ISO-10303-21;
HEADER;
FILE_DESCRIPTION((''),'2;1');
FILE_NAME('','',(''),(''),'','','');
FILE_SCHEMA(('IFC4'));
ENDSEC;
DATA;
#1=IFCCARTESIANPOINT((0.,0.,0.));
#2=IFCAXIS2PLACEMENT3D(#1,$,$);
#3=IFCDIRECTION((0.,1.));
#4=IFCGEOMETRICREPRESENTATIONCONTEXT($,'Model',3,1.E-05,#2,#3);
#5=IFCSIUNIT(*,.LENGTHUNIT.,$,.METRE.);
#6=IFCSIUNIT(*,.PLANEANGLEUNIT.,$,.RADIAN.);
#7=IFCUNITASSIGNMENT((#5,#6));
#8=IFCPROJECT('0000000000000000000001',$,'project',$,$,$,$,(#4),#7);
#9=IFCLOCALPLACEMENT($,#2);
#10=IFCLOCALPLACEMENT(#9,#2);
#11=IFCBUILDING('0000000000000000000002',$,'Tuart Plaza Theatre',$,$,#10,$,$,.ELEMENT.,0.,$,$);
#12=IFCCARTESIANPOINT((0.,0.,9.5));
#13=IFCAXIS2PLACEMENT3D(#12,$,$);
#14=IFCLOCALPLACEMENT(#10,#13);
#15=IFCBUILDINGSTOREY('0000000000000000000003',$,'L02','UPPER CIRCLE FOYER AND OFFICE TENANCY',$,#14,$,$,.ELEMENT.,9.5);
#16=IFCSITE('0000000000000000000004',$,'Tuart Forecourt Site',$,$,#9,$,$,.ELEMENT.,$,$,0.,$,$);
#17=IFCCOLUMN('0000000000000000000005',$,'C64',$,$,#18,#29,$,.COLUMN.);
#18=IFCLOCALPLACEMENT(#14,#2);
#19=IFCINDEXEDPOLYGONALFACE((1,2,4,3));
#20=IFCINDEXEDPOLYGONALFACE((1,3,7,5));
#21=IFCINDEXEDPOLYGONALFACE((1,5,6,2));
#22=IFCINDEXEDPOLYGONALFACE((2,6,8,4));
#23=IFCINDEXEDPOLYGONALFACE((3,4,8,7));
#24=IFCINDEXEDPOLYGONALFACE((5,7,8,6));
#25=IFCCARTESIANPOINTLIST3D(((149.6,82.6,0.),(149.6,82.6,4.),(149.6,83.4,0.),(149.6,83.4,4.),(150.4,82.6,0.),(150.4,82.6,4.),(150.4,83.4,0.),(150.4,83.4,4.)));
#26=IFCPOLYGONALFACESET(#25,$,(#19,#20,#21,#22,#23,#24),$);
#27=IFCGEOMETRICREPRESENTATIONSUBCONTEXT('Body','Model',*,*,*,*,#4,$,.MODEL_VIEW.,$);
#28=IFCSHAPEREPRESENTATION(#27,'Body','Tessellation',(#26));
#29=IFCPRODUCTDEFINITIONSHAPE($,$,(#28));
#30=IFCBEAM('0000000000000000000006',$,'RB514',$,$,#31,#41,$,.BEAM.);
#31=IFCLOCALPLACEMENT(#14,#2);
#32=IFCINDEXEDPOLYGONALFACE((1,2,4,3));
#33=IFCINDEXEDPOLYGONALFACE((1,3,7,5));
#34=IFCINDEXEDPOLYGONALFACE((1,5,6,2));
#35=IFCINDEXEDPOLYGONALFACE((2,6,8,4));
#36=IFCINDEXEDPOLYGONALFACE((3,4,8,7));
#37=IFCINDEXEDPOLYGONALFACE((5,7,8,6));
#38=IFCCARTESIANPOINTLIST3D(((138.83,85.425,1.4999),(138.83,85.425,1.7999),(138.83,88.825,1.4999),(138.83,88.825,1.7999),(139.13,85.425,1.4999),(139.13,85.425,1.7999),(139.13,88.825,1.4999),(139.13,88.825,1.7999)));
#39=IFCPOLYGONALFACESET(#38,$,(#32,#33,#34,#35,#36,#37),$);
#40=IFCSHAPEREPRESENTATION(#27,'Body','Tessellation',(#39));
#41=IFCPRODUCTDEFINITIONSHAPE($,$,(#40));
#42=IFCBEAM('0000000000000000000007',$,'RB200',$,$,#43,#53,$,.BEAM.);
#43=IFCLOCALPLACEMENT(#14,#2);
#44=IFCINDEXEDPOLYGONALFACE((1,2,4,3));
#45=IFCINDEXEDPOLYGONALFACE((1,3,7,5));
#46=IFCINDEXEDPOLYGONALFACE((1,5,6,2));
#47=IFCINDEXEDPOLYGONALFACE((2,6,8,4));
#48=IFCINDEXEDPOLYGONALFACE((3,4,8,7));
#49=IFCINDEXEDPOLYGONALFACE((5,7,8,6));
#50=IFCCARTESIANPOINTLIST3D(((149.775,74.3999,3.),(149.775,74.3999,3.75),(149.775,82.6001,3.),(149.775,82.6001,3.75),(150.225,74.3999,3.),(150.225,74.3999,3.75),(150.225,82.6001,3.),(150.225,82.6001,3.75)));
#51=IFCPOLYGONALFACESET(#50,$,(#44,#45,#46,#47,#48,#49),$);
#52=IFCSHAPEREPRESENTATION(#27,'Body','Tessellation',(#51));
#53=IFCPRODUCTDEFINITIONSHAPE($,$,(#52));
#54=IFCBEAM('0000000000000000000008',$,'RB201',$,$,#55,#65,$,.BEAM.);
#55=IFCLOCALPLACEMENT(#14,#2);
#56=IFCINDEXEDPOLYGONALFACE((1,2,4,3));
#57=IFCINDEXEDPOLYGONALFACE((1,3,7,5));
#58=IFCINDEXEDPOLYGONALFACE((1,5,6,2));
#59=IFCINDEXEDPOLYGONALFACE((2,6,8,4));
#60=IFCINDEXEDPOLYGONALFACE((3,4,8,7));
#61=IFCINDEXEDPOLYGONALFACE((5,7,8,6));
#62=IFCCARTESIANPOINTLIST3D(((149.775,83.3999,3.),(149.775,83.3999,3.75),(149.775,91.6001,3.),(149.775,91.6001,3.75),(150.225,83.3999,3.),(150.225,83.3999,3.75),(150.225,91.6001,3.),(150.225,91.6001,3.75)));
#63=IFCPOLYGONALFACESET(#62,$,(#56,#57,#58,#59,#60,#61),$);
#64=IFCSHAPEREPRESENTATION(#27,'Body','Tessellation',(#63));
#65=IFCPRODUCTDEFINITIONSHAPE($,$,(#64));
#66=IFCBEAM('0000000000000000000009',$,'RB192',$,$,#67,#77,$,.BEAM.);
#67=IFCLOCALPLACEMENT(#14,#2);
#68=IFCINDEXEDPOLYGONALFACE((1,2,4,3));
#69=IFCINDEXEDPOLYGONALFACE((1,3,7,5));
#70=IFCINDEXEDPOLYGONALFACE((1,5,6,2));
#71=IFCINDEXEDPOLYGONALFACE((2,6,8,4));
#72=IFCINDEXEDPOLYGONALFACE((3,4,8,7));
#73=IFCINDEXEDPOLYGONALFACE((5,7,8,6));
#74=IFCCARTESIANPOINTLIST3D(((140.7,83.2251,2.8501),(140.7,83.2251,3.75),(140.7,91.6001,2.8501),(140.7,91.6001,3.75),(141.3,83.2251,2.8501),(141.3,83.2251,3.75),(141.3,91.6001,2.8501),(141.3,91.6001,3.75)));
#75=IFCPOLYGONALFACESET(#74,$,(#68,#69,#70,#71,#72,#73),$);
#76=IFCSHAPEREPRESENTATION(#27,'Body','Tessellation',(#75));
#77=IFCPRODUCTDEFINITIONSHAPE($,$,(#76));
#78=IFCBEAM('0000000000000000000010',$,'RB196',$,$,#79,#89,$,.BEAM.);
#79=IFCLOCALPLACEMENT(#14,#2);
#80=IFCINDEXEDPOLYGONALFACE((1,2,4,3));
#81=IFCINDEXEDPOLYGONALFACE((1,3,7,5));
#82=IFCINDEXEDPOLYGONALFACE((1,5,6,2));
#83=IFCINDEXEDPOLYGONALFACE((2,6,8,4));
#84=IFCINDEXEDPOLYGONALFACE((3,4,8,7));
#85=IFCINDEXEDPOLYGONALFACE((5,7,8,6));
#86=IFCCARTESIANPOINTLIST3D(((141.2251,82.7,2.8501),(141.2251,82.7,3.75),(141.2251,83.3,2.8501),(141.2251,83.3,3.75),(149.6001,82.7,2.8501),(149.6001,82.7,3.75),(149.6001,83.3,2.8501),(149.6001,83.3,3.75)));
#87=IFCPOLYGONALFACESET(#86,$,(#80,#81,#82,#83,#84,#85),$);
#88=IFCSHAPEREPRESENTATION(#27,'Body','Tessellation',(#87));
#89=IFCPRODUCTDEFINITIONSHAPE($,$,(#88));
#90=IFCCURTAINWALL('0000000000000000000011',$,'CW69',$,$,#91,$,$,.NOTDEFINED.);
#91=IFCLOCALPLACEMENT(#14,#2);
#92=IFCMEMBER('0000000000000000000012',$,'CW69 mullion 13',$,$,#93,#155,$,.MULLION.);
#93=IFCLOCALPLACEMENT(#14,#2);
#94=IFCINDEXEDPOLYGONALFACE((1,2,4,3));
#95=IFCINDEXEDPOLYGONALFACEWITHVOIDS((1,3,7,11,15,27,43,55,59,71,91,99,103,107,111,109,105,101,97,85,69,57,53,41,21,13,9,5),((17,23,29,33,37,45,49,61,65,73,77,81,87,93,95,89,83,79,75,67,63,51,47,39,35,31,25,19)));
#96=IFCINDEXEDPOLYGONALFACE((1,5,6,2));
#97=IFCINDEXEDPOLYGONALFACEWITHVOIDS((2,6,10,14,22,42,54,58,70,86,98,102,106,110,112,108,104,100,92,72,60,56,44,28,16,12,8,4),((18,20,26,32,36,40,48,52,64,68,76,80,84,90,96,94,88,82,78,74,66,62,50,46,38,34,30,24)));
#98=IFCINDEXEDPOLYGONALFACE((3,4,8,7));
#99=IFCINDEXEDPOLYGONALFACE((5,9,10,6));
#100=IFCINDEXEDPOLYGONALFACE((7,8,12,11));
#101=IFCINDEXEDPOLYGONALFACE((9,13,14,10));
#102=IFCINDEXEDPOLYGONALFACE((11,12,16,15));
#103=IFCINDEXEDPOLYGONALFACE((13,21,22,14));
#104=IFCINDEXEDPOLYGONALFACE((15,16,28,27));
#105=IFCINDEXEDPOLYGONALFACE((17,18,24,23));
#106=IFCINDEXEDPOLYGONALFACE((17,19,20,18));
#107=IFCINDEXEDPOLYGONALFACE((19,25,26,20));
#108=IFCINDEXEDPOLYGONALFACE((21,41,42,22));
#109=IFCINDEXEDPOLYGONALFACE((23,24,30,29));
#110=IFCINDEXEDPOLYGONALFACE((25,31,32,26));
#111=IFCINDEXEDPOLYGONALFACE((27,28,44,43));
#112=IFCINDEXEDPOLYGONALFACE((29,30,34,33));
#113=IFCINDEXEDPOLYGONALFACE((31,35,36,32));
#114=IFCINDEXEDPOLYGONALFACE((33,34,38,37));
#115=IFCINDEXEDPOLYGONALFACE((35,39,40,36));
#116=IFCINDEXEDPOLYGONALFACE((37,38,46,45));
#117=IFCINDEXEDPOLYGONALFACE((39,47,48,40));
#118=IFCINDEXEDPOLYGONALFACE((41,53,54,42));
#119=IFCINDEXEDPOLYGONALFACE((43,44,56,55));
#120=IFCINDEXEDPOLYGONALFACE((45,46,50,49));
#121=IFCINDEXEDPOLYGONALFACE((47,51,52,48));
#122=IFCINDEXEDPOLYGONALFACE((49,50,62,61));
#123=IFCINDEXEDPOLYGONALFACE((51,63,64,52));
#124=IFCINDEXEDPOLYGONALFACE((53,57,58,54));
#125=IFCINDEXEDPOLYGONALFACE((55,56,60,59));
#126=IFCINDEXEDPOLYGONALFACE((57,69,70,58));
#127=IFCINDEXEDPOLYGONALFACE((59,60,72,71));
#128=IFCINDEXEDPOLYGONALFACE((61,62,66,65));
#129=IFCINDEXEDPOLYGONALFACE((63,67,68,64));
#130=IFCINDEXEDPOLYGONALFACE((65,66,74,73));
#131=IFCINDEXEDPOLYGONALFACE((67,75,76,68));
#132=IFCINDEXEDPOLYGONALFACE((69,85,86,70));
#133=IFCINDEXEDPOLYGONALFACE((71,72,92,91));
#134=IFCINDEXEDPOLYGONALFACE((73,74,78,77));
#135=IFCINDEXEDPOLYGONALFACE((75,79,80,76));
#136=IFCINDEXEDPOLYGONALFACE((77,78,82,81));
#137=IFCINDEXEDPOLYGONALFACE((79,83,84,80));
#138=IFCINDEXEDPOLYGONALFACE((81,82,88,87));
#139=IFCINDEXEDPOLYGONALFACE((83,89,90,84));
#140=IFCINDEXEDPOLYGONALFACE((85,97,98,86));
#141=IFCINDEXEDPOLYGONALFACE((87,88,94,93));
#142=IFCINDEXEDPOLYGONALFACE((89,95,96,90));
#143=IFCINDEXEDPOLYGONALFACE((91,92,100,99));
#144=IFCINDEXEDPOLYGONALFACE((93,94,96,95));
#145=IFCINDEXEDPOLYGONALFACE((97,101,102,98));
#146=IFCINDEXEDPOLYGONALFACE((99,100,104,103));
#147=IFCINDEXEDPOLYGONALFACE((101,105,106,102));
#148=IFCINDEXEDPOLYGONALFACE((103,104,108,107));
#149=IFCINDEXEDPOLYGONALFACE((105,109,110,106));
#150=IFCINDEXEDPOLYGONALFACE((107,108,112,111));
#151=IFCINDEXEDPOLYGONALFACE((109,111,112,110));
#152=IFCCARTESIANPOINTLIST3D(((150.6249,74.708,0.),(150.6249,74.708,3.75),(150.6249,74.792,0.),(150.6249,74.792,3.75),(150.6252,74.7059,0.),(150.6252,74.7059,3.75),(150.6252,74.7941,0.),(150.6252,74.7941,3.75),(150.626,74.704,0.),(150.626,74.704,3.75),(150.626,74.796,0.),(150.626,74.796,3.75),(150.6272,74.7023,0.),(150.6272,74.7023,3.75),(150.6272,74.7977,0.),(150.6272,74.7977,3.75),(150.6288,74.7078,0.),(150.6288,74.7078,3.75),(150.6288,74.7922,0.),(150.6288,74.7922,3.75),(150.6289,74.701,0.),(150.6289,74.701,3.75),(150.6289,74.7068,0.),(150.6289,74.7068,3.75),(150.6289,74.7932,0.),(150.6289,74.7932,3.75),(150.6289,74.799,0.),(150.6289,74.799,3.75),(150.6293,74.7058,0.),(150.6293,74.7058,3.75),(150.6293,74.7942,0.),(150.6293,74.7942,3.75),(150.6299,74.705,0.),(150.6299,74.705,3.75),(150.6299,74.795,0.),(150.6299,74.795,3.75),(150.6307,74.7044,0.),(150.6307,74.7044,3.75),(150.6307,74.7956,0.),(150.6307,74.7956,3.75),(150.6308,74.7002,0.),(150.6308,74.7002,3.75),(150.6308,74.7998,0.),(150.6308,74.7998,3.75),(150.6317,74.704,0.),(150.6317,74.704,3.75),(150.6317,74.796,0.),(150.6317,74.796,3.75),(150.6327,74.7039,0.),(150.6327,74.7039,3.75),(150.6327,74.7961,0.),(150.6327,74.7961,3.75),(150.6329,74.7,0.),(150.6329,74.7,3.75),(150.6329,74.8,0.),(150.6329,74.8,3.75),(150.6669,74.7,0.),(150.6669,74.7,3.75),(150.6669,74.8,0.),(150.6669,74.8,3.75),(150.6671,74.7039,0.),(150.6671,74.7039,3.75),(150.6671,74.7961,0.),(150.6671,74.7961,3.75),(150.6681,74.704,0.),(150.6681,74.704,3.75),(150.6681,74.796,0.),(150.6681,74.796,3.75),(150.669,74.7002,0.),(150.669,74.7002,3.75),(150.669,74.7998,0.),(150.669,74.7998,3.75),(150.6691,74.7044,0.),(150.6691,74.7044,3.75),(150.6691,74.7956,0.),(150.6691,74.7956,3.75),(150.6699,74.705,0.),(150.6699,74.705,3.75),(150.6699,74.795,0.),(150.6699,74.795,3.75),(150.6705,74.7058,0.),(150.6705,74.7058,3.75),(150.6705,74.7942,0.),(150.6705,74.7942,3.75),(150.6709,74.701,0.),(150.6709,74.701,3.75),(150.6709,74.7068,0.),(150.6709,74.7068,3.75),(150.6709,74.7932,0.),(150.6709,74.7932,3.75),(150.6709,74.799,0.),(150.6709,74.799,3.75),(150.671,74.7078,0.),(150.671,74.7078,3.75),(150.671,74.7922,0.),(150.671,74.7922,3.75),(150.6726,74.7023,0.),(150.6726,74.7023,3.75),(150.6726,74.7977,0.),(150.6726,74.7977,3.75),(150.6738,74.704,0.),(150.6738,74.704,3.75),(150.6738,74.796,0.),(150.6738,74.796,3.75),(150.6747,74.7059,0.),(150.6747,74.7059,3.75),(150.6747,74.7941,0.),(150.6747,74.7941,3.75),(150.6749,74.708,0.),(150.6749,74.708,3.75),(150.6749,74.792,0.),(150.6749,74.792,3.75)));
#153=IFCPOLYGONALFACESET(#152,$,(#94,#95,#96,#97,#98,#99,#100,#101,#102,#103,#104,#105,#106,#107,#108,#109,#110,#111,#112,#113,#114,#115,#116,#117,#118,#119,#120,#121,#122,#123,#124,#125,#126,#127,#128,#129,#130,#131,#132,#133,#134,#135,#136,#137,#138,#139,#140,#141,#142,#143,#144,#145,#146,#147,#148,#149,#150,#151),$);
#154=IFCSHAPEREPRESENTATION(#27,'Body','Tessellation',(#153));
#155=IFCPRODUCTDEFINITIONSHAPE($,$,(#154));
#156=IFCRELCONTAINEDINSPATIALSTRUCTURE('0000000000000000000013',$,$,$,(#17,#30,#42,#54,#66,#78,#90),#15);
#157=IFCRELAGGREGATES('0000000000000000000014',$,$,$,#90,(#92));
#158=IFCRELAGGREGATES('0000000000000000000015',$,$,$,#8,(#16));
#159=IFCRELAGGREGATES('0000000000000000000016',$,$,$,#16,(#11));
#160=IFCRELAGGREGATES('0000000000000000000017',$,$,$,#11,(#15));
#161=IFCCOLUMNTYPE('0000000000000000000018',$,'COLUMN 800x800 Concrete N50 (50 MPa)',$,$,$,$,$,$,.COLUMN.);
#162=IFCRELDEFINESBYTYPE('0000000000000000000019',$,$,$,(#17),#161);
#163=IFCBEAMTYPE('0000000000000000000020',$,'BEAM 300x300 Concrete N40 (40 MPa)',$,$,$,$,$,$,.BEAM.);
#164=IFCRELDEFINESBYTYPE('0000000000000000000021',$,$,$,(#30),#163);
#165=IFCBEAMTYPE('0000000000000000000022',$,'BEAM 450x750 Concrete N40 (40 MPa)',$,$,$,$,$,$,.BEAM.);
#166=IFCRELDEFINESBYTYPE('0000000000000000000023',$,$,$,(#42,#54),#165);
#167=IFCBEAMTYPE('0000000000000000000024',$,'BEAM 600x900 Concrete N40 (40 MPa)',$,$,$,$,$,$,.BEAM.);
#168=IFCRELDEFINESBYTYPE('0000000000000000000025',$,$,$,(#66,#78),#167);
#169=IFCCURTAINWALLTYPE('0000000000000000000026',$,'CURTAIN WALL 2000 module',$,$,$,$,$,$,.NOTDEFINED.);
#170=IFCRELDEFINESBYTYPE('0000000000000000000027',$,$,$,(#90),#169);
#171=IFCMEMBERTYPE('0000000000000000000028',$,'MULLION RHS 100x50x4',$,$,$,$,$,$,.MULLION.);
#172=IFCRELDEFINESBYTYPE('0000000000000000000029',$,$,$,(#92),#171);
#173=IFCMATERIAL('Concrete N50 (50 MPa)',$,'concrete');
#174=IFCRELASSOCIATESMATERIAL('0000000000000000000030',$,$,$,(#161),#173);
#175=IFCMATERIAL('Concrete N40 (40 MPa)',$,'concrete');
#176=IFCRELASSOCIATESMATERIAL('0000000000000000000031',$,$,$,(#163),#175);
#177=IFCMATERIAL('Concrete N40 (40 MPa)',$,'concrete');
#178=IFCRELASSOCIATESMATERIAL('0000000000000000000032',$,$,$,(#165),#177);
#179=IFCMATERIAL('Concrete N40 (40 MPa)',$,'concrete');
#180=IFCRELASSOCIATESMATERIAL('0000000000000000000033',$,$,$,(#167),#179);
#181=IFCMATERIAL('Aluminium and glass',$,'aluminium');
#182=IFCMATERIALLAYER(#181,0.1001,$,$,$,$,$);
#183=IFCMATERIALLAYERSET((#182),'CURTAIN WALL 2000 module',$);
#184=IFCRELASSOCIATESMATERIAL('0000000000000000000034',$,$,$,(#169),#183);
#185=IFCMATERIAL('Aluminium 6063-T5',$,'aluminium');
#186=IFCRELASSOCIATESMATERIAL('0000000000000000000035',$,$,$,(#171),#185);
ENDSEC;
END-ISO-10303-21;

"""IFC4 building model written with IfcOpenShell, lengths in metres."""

from ifc_helpers import new_model, si_unit, direction, frame, origin, origin_2d, place, context, subcontext, project, spatial, rectangle, hollow_rectangle, extrude, material, layer, layer_set, material_profile, profile_set, type_object, element, aggregate, save


model = new_model("IFC4")

# Units and contexts
model_context = context("Model", 3, precision=1e-05, world=origin(), true_north=direction((0.0, 1.0)))
body_context = subcontext(model_context, "Body", "Model", "MODEL_VIEW")
ifc_project = project(units=[si_unit("LENGTHUNIT", "METRE"), si_unit("PLANEANGLEUNIT", "RADIAN")], contexts=[model_context])

# Site, building, storey
site_placement = place(None, origin())
site = spatial("IfcSite", under=ifc_project, at=site_placement, Name="Tuart Forecourt Site", CompositionType="ELEMENT", RefElevation=0.0)
building_placement = place(site_placement, origin())
building = spatial("IfcBuilding", under=site, at=building_placement, Name="Tuart Plaza Theatre", CompositionType="ELEMENT", ElevationOfRefHeight=0.0)
storey_placement = place(building_placement, frame((0.0, 0.0, 9.5)))
storey = spatial("IfcBuildingStorey", under=building, at=storey_placement, Name="L02", Description="UPPER CIRCLE FOYER AND OFFICE TENANCY", CompositionType="ELEMENT", Elevation=9.5)

# Column
ifc_material_1 = material(Name="Concrete N50 (50 MPa)", Category="concrete")
ifc_material_profile_1 = material_profile(ifc_material_1, rectangle(XDim=0.8, YDim=0.8, at=origin_2d()), Name="COLUMN 800x800 Concrete N50 (50 MPa)")
ifc_profile_set_1 = profile_set([ifc_material_profile_1], Name="Concrete N50 (50 MPa)")
column_type = type_object("IfcColumnType", Name="COLUMN 800x800 Concrete N50 (50 MPa)", PredefinedType="COLUMN", material=ifc_profile_set_1)
column_placement = place(storey_placement, frame((150.0, 83.0, 0.0), z_axis=(0.0, 0.0, 1.0), x_axis=(1.0, 0.0, 0.0)))
element("IfcColumn", 1, at=column_placement, inside=storey, type_object=column_type, Name="C64", PredefinedType="COLUMN", context=body_context, shape_type="SweptSolid", body=[
    extrude(rectangle(XDim=0.8, YDim=0.8, at=origin_2d()), origin(), (0.0, 0.0, 1.0), 4.0),
])

# Beams
ifc_material_2 = material(Name="Concrete N40 (40 MPa)", Category="concrete")
ifc_material_profile_2 = material_profile(ifc_material_2, rectangle(XDim=0.3, YDim=0.3, at=origin_2d()), Name="BEAM 300x300 Concrete N40 (40 MPa)")
ifc_profile_set_2 = profile_set([ifc_material_profile_2], Name="Concrete N40 (40 MPa)")
beam_type_1 = type_object("IfcBeamType", Name="BEAM 300x300 Concrete N40 (40 MPa)", PredefinedType="BEAM", material=ifc_profile_set_2)
beam_placement = place(storey_placement, frame((138.98, 85.425, 1.6499), z_axis=(0.0, 1.0, 0.0), x_axis=(-1.0, 0.0, 0.0)))
element("IfcBeam", 2, at=beam_placement, inside=storey, type_object=beam_type_1, Name="RB514", PredefinedType="BEAM", context=body_context, shape_type="SweptSolid", body=[
    extrude(rectangle(XDim=0.3, YDim=0.3, at=origin_2d()), origin(), (0.0, 0.0, 1.0), 3.3999),
])
ifc_material_3 = material(Name="Concrete N40 (40 MPa)", Category="concrete")
ifc_material_profile_3 = material_profile(ifc_material_3, rectangle(XDim=0.45, YDim=0.75, at=origin_2d()), Name="BEAM 450x750 Concrete N40 (40 MPa)")
ifc_profile_set_3 = profile_set([ifc_material_profile_3], Name="Concrete N40 (40 MPa)")
beam_type_2 = type_object("IfcBeamType", Name="BEAM 450x750 Concrete N40 (40 MPa)", PredefinedType="BEAM", material=ifc_profile_set_3)
for number, where, z_axis, x_axis, name in (
    (3, (150.0, 74.3999, 3.375), (0.0, 1.0, 0.0), (-1.0, 0.0, 0.0), "RB200"),
    (4, (150.0, 83.3999, 3.375), (0.0, 1.0, 0.0), (-1.0, 0.0, 0.0), "RB201"),
):
    element("IfcBeam", number, at=place(storey_placement, frame(where, z_axis=z_axis, x_axis=x_axis)), inside=storey, type_object=beam_type_2, Name=name, PredefinedType="BEAM", context=body_context, shape_type="SweptSolid", body=[
        extrude(rectangle(XDim=0.45, YDim=0.75, at=origin_2d()), origin(), (0.0, 0.0, 1.0), 8.2002),
    ])
ifc_material_4 = material(Name="Concrete N40 (40 MPa)", Category="concrete")
ifc_material_profile_4 = material_profile(ifc_material_4, rectangle(XDim=0.6001, YDim=0.8999, at=origin_2d()), Name="BEAM 600x900 Concrete N40 (40 MPa)")
ifc_profile_set_4 = profile_set([ifc_material_profile_4], Name="Concrete N40 (40 MPa)")
beam_type_3 = type_object("IfcBeamType", Name="BEAM 600x900 Concrete N40 (40 MPa)", PredefinedType="BEAM", material=ifc_profile_set_4)
for number, where, z_axis, x_axis, name in (
    (5, (141.0, 83.2251, 3.3), (0.0, 1.0, 0.0), (-1.0, 0.0, 0.0), "RB192"),
    (6, (141.2251, 83.0, 3.3), (1.0, 0.0, 0.0), (0.0, 1.0, 0.0), "RB196"),
):
    element("IfcBeam", number, at=place(storey_placement, frame(where, z_axis=z_axis, x_axis=x_axis)), inside=storey, type_object=beam_type_3, Name=name, PredefinedType="BEAM", context=body_context, shape_type="SweptSolid", body=[
        extrude(rectangle(XDim=0.6001, YDim=0.8999, at=origin_2d()), origin(), (0.0, 0.0, 1.0), 8.375),
    ])

# Curtain wall, member
ifc_material_5 = material(Name="Aluminium and glass", Category="aluminium")
ifc_layer_1 = layer(ifc_material_5, 0.1001)
ifc_layer_set_1 = layer_set([ifc_layer_1], Name="CURTAIN WALL 2000 module")
curtain_wall_type = type_object("IfcCurtainWallType", Name="CURTAIN WALL 2000 module", PredefinedType="NOTDEFINED", material=ifc_layer_set_1)
curtain_wall_placement = place(storey_placement, origin())
curtain_wall = element("IfcCurtainWall", 7, at=curtain_wall_placement, inside=storey, type_object=curtain_wall_type, Name="CW69", PredefinedType="NOTDEFINED")
ifc_material_6 = material(Name="Aluminium 6063-T5", Category="aluminium")
ifc_material_profile_5 = material_profile(ifc_material_6, hollow_rectangle(XDim=0.05, YDim=0.1001, WallThickness=0.0039, InnerFilletRadius=0.0039, OuterFilletRadius=0.0081, at=origin_2d()), Name="RHS 100x50x4")
ifc_profile_set_5 = profile_set([ifc_material_profile_5], Name="Aluminium 6063-T5")
member_type_1 = type_object("IfcMemberType", Name="MULLION RHS 100x50x4", PredefinedType="MULLION", material=ifc_profile_set_5)
member_1_placement = place(storey_placement, frame((150.6499, 74.75, 0.0), z_axis=(0.0, 0.0, 1.0), x_axis=(-1.0, 0.0, 0.0)))
member_1 = element("IfcMember", 8, at=member_1_placement, type_object=member_type_1, Name="CW69 mullion 13", PredefinedType="MULLION", context=body_context, shape_type="SweptSolid", body=[
    extrude(hollow_rectangle(XDim=0.05, YDim=0.1001, WallThickness=0.0039, InnerFilletRadius=0.0039, OuterFilletRadius=0.0081, at=origin_2d()), origin(), (0.0, 0.0, 1.0), 3.75),
])
aggregate(curtain_wall, [member_1])

save(model, "model.ifc")
